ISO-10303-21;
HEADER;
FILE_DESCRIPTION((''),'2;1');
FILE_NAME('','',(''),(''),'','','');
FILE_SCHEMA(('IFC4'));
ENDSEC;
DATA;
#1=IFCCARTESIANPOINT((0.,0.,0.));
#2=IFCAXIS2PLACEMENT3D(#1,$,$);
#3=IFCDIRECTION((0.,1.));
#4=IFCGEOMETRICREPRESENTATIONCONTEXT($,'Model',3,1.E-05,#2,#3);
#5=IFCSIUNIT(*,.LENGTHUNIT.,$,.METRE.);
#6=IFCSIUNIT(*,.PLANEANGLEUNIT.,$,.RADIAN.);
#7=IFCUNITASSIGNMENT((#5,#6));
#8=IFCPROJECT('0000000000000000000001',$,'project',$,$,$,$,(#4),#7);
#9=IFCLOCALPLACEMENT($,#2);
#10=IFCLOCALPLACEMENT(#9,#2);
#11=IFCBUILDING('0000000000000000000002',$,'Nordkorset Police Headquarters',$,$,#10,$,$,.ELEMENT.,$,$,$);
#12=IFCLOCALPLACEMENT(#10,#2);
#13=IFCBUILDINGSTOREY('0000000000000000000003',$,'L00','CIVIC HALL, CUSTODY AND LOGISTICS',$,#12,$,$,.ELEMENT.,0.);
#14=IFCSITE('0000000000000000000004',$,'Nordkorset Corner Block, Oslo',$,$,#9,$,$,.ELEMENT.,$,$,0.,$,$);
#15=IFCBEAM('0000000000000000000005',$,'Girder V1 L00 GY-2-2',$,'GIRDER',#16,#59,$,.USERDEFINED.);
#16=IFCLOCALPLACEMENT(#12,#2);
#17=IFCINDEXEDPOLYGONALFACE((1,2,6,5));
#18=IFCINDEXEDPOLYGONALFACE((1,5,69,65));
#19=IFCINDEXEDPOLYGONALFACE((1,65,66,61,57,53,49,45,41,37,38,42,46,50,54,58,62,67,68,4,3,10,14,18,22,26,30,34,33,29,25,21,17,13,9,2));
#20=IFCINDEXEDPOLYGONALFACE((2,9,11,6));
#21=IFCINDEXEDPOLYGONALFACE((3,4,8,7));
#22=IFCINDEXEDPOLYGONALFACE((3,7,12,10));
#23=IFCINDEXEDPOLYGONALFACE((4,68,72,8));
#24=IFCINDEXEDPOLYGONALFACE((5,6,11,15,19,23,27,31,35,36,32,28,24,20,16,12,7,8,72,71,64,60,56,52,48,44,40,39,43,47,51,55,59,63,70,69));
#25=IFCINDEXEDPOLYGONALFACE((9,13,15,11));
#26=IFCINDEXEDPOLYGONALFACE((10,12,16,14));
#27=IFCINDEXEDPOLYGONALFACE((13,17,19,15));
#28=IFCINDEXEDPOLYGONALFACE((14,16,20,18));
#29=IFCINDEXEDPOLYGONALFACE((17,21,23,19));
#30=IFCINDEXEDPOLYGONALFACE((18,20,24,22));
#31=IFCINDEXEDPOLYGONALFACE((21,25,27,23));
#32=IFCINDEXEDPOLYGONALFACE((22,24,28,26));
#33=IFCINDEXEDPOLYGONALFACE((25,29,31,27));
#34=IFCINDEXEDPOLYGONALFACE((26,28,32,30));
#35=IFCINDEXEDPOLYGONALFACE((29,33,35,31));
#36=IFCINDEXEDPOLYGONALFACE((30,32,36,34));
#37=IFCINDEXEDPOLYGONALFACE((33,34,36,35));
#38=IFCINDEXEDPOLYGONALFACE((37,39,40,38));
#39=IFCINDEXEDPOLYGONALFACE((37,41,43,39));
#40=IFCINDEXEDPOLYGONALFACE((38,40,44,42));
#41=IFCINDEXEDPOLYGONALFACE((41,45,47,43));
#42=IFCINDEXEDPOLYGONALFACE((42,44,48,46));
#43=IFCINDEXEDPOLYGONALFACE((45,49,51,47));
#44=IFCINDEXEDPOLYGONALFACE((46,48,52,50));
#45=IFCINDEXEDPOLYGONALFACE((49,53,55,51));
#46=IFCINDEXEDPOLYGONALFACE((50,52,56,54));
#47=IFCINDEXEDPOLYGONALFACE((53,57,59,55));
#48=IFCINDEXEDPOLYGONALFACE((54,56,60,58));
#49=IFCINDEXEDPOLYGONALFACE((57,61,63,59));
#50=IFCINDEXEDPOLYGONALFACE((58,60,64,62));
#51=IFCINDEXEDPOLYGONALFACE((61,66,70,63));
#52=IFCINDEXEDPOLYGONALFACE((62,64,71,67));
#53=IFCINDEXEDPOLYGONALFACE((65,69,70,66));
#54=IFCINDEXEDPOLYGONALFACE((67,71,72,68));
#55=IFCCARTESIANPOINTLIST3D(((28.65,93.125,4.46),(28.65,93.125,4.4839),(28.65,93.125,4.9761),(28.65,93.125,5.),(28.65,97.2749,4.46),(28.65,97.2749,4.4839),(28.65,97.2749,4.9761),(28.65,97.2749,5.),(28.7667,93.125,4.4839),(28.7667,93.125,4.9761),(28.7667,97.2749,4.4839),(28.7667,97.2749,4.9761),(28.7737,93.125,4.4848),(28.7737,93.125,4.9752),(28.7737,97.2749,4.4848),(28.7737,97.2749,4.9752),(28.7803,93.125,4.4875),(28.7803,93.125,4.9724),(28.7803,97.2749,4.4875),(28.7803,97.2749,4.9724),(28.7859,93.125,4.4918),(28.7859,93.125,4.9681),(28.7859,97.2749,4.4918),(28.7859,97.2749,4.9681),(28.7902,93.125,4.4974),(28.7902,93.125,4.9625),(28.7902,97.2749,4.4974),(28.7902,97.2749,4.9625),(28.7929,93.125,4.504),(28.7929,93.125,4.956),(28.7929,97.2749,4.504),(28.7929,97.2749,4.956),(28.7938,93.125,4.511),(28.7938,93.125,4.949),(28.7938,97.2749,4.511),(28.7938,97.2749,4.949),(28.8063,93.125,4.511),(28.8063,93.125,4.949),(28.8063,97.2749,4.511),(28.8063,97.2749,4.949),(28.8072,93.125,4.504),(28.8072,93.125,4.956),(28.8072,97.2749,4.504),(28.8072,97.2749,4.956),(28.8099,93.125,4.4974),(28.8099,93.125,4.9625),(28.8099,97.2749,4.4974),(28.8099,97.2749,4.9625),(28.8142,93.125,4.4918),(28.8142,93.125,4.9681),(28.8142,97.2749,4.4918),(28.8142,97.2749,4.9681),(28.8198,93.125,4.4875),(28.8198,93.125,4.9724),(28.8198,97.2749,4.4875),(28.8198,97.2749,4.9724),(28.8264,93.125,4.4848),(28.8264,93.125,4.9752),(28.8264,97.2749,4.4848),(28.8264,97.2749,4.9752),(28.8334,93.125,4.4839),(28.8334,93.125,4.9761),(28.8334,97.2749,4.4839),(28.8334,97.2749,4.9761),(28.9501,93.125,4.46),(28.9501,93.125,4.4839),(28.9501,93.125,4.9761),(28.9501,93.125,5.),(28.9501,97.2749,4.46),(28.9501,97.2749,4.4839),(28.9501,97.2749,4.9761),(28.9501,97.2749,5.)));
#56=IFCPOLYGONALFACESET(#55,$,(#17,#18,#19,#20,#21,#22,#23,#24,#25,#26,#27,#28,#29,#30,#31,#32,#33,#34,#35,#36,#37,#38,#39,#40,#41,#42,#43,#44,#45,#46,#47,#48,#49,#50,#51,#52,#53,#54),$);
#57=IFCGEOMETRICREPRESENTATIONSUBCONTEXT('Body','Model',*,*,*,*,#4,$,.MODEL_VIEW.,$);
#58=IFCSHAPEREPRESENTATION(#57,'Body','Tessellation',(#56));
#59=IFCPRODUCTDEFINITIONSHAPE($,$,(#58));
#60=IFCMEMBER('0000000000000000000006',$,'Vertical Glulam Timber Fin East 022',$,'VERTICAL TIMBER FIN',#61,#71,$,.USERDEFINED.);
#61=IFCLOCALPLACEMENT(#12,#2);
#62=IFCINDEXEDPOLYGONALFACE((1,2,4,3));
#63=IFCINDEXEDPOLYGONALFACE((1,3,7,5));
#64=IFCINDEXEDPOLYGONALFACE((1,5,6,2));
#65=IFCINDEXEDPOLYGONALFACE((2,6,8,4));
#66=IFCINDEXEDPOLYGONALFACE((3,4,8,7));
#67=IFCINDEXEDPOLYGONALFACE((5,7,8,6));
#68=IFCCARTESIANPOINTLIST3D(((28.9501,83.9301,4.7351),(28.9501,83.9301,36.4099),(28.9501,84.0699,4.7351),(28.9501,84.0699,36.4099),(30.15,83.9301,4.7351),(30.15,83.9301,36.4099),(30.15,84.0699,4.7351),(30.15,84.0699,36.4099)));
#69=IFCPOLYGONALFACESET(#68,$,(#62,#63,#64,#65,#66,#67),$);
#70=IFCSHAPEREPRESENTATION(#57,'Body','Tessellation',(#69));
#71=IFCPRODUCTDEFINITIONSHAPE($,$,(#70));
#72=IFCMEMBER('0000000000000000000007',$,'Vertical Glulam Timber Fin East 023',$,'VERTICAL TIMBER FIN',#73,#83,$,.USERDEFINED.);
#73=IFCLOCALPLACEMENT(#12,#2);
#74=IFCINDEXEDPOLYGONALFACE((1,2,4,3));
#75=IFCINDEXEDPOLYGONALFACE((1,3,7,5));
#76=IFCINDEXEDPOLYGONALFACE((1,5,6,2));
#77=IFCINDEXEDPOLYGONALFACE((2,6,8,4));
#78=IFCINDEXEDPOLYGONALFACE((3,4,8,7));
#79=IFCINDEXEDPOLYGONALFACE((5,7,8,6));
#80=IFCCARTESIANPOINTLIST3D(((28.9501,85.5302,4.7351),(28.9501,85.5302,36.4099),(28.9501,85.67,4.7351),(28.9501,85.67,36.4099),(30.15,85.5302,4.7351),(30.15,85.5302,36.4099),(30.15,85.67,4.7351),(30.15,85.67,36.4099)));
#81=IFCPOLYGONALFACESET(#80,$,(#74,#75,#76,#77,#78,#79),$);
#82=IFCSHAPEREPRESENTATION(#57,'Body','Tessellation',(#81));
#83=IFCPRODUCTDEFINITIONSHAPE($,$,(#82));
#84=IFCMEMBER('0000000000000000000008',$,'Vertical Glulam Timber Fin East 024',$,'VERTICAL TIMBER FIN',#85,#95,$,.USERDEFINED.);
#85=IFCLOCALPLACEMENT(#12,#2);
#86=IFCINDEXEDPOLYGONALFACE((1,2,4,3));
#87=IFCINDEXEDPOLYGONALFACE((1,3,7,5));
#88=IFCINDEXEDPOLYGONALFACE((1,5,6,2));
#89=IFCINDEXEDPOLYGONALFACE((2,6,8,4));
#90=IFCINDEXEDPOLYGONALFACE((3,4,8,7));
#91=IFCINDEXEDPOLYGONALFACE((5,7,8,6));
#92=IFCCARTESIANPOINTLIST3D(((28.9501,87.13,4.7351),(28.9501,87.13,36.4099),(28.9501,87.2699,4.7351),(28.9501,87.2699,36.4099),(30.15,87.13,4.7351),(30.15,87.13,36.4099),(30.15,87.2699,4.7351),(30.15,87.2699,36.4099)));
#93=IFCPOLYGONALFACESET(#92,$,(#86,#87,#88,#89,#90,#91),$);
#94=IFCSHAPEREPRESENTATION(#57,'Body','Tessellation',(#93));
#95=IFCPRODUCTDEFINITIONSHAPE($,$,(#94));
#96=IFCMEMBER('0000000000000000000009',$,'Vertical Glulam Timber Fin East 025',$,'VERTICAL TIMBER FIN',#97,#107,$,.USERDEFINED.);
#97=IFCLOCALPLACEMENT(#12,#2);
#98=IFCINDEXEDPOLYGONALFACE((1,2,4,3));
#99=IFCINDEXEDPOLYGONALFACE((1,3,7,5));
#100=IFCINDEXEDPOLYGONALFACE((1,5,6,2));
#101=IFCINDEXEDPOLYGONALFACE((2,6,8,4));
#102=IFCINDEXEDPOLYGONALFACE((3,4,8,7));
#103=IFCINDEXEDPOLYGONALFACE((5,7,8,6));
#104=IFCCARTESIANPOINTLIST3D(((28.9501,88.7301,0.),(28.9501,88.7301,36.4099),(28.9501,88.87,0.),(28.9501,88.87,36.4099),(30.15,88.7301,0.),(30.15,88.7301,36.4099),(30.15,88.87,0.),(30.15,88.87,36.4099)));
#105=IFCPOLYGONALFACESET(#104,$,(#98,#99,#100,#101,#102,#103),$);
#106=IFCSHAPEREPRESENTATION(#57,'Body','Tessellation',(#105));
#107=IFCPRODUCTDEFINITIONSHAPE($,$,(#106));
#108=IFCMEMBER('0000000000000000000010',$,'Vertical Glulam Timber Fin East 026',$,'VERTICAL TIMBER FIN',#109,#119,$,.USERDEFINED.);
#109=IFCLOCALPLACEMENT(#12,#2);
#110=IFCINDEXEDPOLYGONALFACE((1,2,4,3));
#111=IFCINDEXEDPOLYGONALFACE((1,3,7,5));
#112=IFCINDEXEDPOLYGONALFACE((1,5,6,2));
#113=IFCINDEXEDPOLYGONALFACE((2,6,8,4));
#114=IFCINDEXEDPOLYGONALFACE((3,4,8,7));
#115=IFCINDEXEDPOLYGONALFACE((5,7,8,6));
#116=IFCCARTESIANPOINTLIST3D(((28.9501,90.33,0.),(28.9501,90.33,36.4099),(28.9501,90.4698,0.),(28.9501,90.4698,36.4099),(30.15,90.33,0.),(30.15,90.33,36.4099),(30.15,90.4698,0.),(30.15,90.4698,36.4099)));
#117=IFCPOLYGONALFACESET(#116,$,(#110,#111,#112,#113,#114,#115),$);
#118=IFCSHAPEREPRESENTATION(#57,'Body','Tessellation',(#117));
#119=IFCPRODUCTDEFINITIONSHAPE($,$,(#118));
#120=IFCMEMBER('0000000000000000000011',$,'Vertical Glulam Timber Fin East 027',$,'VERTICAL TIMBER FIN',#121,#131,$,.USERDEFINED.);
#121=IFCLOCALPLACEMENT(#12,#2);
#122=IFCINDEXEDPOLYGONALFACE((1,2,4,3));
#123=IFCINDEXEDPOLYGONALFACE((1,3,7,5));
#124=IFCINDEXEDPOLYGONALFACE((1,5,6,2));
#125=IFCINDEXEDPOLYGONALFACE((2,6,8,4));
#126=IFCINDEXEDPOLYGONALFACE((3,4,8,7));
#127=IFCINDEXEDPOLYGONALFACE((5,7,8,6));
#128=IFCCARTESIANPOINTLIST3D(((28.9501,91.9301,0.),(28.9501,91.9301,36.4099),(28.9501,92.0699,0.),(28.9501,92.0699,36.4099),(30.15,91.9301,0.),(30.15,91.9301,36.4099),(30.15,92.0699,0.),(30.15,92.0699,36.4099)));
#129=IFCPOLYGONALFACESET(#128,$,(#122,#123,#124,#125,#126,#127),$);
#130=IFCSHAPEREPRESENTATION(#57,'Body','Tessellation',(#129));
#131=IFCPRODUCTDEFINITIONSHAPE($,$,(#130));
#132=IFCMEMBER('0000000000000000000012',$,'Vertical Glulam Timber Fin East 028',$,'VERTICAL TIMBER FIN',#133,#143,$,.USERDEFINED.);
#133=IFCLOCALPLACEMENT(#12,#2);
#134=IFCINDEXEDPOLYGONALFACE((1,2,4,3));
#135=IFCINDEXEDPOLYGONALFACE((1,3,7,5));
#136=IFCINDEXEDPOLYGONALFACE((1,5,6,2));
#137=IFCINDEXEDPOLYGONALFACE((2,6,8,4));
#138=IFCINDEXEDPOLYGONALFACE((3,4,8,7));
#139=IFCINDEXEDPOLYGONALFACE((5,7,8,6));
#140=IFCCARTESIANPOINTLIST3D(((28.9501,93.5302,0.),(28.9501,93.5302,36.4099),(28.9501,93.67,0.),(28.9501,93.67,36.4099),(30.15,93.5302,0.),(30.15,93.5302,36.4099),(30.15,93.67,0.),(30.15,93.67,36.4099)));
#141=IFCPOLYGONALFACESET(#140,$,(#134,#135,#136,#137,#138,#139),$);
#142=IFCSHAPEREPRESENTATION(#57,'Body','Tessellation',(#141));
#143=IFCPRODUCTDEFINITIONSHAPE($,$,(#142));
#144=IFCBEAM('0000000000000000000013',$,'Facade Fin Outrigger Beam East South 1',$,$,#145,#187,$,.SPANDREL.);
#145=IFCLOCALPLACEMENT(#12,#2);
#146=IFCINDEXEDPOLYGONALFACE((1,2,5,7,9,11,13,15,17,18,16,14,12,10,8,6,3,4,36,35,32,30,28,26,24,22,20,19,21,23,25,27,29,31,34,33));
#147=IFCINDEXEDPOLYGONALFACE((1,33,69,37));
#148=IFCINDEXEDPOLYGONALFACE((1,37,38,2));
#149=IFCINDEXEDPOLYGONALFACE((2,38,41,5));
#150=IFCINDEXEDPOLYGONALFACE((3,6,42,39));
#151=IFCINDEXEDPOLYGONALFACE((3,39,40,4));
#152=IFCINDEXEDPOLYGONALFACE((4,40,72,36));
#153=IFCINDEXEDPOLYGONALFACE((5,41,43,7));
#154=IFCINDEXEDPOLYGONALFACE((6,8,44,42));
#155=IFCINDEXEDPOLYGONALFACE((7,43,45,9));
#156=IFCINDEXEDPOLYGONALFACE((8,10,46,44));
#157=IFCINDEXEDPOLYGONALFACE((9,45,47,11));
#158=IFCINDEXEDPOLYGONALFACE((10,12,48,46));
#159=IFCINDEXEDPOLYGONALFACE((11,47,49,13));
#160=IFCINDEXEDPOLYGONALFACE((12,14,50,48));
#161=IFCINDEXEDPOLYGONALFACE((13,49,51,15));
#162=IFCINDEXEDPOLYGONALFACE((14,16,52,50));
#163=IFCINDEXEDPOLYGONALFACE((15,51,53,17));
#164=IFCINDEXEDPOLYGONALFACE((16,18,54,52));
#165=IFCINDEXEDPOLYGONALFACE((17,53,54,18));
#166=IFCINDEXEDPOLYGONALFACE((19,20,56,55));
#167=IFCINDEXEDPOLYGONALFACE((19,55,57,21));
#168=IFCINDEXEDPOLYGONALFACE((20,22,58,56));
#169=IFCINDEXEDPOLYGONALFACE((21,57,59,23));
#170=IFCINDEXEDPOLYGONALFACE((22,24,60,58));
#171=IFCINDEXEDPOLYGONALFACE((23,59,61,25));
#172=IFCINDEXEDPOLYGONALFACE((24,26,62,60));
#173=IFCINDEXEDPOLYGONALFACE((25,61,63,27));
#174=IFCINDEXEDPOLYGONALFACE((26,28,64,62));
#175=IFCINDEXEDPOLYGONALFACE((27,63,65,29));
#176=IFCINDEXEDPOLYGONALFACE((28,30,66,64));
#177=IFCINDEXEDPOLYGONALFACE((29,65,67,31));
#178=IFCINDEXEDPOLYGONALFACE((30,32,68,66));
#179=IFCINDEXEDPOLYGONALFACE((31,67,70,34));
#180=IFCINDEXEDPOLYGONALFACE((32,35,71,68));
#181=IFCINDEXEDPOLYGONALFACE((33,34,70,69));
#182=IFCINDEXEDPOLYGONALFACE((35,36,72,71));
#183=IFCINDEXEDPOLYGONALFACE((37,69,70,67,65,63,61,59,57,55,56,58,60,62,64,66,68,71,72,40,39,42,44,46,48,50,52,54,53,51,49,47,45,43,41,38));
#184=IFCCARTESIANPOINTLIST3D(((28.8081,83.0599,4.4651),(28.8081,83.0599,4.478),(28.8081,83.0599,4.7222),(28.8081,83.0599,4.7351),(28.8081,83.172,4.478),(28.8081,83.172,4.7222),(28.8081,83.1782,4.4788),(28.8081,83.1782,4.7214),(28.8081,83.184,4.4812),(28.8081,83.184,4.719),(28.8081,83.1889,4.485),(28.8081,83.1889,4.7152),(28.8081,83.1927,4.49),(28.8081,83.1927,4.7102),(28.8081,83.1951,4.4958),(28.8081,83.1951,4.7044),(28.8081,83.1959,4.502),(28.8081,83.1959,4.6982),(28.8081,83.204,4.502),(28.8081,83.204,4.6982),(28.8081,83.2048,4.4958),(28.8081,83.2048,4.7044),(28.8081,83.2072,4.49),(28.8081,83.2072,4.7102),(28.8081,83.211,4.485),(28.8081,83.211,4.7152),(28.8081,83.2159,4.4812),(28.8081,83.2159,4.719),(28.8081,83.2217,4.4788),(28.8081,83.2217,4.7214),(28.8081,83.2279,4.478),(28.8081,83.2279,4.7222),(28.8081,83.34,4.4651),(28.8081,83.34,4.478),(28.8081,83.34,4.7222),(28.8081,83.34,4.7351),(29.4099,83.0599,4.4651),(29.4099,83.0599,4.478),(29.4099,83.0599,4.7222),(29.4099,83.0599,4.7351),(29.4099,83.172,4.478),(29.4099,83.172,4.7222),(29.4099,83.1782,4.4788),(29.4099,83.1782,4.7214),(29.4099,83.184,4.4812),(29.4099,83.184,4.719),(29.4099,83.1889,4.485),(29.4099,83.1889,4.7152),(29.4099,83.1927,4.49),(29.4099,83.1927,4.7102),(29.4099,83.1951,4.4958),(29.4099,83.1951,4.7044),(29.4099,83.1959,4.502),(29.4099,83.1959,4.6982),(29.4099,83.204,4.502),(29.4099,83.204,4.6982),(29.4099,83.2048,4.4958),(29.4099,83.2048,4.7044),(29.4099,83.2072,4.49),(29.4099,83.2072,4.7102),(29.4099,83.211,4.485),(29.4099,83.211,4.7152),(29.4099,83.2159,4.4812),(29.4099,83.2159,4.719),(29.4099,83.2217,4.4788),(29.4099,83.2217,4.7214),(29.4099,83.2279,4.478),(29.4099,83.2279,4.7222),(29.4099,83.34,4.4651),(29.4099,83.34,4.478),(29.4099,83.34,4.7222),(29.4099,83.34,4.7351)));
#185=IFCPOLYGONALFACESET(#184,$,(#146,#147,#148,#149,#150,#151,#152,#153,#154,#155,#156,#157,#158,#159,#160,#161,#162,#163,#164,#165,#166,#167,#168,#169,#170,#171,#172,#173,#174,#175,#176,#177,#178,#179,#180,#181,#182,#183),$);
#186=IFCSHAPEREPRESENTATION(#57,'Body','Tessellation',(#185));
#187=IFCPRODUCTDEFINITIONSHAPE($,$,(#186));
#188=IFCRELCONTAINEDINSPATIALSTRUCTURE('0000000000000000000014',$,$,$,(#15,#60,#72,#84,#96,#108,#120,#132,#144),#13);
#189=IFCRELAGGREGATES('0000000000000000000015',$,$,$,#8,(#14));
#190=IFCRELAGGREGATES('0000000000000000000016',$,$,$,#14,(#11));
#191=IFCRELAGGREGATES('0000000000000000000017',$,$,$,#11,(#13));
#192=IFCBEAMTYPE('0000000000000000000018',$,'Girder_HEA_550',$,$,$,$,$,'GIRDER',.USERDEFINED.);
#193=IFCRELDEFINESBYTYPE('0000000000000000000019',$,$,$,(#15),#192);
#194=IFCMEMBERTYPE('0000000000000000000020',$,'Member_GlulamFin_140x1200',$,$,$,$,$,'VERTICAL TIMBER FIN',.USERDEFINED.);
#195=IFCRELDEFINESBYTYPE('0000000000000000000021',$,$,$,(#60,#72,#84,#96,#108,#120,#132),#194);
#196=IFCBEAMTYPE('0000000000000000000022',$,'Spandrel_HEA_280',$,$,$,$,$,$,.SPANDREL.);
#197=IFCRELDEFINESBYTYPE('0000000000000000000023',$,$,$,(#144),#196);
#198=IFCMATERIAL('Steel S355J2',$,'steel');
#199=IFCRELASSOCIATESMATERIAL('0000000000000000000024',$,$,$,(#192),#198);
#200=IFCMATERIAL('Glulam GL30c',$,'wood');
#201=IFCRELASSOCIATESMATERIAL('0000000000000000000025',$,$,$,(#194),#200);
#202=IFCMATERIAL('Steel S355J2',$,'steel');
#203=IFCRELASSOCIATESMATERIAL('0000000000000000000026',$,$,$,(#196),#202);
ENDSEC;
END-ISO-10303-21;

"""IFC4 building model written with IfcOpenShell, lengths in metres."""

from ifc_helpers import new_model, si_unit, direction, frame, origin, origin_2d, place, context, subcontext, project, spatial, rectangle, i_section, extrude, material, material_profile, profile_set, type_object, element, save


model = new_model("IFC4")

# Units and contexts
model_context = context("Model", 3, precision=1e-05, world=origin(), true_north=direction((0.0, 1.0)))
body_context = subcontext(model_context, "Body", "Model", "MODEL_VIEW")
ifc_project = project(units=[si_unit("LENGTHUNIT", "METRE"), si_unit("PLANEANGLEUNIT", "RADIAN")], contexts=[model_context])

# Site, building, storey
site_placement = place(None, origin())
site = spatial("IfcSite", under=ifc_project, at=site_placement, Name="Nordkorset Corner Block, Oslo", CompositionType="ELEMENT", RefElevation=0.0)
building_placement = place(site_placement, origin())
building = spatial("IfcBuilding", under=site, at=building_placement, Name="Nordkorset Police Headquarters", CompositionType="ELEMENT")
storey_placement = place(building_placement, origin())
storey = spatial("IfcBuildingStorey", under=building, at=storey_placement, Name="L00", Description="CIVIC HALL, CUSTODY AND LOGISTICS", CompositionType="ELEMENT", Elevation=0.0)

# Beam
ifc_material_1 = material(Name="Steel S355J2", Category="steel")
ifc_material_profile_1 = material_profile(ifc_material_1, i_section(OverallWidth=0.3, OverallDepth=0.54, WebThickness=0.0125, FlangeThickness=0.0239, FilletRadius=0.0271, at=origin_2d()), Name="HEA 550")
ifc_profile_set_1 = profile_set([ifc_material_profile_1], Name="Steel S355J2")
beam_type_1 = type_object("IfcBeamType", Name="Girder_HEA_550", ElementType="GIRDER", PredefinedType="USERDEFINED", material=ifc_profile_set_1)
beam_1_placement = place(storey_placement, frame((28.8, 93.125, 4.73), z_axis=(0.0, 1.0, 0.0), x_axis=(-1.0, 0.0, 0.0)))
element("IfcBeam", 1, at=beam_1_placement, inside=storey, type_object=beam_type_1, Name="Girder V1 L00 GY-2-2", ObjectType="GIRDER", PredefinedType="USERDEFINED", context=body_context, shape_type="SweptSolid", body=[
    extrude(i_section(OverallWidth=0.3, OverallDepth=0.54, WebThickness=0.0125, FlangeThickness=0.0239, FilletRadius=0.0271, at=origin_2d()), origin(), (0.0, 0.0, 1.0), 4.1499),
])

# Members
ifc_material_2 = material(Name="Glulam GL30c", Category="wood")
ifc_material_profile_2 = material_profile(ifc_material_2, rectangle(XDim=0.1399, YDim=1.2, at=origin_2d()), Name="GL30C FIN 140x1200")
ifc_profile_set_2 = profile_set([ifc_material_profile_2], Name="Glulam GL30c")
member_type_1 = type_object("IfcMemberType", Name="Member_GlulamFin_140x1200", ElementType="VERTICAL TIMBER FIN", PredefinedType="USERDEFINED", material=ifc_profile_set_2)
for number, where, z_axis, x_axis, name in (
    (2, (29.55, 84.0, 4.7351), (0.0, 0.0, 1.0), (0.0, 1.0, 0.0), "Vertical Glulam Timber Fin East 022"),
    (3, (29.55, 85.6001, 4.7351), (0.0, 0.0, 1.0), (0.0, 1.0, 0.0), "Vertical Glulam Timber Fin East 023"),
    (4, (29.55, 87.2, 4.7351), (0.0, 0.0, 1.0), (0.0, 1.0, 0.0), "Vertical Glulam Timber Fin East 024"),
):
    element("IfcMember", number, at=place(storey_placement, frame(where, z_axis=z_axis, x_axis=x_axis)), inside=storey, type_object=member_type_1, Name=name, ObjectType="VERTICAL TIMBER FIN", PredefinedType="USERDEFINED", context=body_context, shape_type="SweptSolid", body=[
        extrude(rectangle(XDim=0.1399, YDim=1.2, at=origin_2d()), origin(), (0.0, 0.0, 1.0), 31.6748),
    ])
for number, where, z_axis, x_axis, name in (
    (5, (29.55, 88.8, 0.0), (0.0, 0.0, 1.0), (0.0, 1.0, 0.0), "Vertical Glulam Timber Fin East 025"),
    (6, (29.55, 90.3999, 0.0), (0.0, 0.0, 1.0), (0.0, 1.0, 0.0), "Vertical Glulam Timber Fin East 026"),
    (7, (29.55, 92.0, 0.0), (0.0, 0.0, 1.0), (0.0, 1.0, 0.0), "Vertical Glulam Timber Fin East 027"),
    (8, (29.55, 93.6001, 0.0), (0.0, 0.0, 1.0), (0.0, 1.0, 0.0), "Vertical Glulam Timber Fin East 028"),
):
    element("IfcMember", number, at=place(storey_placement, frame(where, z_axis=z_axis, x_axis=x_axis)), inside=storey, type_object=member_type_1, Name=name, ObjectType="VERTICAL TIMBER FIN", PredefinedType="USERDEFINED", context=body_context, shape_type="SweptSolid", body=[
        extrude(rectangle(XDim=0.1399, YDim=1.2, at=origin_2d()), origin(), (0.0, 0.0, 1.0), 36.4099),
    ])

# Beam
ifc_material_3 = material(Name="Steel S355J2", Category="steel")
ifc_material_profile_3 = material_profile(ifc_material_3, i_section(OverallWidth=0.28, OverallDepth=0.27, WebThickness=0.0081, FlangeThickness=0.0129, FilletRadius=0.0239, at=origin_2d()), Name="HEA 280")
ifc_profile_set_3 = profile_set([ifc_material_profile_3], Name="Steel S355J2")
beam_type_2 = type_object("IfcBeamType", Name="Spandrel_HEA_280", PredefinedType="SPANDREL", material=ifc_profile_set_3)
for number, where, z_axis, x_axis, name in (
    (9, (28.8081, 83.2, 4.6001), (1.0, 0.0, 0.0), (0.0, 1.0, 0.0), "Facade Fin Outrigger Beam East South 1"),
):
    element("IfcBeam", number, at=place(storey_placement, frame(where, z_axis=z_axis, x_axis=x_axis)), inside=storey, type_object=beam_type_2, Name=name, PredefinedType="SPANDREL", context=body_context, shape_type="SweptSolid", body=[
        extrude(i_section(OverallWidth=0.28, OverallDepth=0.27, WebThickness=0.0081, FlangeThickness=0.0129, FilletRadius=0.0239, at=origin_2d()), origin(), (0.0, 0.0, 1.0), 0.6018),
    ])

save(model, "model.ifc")
